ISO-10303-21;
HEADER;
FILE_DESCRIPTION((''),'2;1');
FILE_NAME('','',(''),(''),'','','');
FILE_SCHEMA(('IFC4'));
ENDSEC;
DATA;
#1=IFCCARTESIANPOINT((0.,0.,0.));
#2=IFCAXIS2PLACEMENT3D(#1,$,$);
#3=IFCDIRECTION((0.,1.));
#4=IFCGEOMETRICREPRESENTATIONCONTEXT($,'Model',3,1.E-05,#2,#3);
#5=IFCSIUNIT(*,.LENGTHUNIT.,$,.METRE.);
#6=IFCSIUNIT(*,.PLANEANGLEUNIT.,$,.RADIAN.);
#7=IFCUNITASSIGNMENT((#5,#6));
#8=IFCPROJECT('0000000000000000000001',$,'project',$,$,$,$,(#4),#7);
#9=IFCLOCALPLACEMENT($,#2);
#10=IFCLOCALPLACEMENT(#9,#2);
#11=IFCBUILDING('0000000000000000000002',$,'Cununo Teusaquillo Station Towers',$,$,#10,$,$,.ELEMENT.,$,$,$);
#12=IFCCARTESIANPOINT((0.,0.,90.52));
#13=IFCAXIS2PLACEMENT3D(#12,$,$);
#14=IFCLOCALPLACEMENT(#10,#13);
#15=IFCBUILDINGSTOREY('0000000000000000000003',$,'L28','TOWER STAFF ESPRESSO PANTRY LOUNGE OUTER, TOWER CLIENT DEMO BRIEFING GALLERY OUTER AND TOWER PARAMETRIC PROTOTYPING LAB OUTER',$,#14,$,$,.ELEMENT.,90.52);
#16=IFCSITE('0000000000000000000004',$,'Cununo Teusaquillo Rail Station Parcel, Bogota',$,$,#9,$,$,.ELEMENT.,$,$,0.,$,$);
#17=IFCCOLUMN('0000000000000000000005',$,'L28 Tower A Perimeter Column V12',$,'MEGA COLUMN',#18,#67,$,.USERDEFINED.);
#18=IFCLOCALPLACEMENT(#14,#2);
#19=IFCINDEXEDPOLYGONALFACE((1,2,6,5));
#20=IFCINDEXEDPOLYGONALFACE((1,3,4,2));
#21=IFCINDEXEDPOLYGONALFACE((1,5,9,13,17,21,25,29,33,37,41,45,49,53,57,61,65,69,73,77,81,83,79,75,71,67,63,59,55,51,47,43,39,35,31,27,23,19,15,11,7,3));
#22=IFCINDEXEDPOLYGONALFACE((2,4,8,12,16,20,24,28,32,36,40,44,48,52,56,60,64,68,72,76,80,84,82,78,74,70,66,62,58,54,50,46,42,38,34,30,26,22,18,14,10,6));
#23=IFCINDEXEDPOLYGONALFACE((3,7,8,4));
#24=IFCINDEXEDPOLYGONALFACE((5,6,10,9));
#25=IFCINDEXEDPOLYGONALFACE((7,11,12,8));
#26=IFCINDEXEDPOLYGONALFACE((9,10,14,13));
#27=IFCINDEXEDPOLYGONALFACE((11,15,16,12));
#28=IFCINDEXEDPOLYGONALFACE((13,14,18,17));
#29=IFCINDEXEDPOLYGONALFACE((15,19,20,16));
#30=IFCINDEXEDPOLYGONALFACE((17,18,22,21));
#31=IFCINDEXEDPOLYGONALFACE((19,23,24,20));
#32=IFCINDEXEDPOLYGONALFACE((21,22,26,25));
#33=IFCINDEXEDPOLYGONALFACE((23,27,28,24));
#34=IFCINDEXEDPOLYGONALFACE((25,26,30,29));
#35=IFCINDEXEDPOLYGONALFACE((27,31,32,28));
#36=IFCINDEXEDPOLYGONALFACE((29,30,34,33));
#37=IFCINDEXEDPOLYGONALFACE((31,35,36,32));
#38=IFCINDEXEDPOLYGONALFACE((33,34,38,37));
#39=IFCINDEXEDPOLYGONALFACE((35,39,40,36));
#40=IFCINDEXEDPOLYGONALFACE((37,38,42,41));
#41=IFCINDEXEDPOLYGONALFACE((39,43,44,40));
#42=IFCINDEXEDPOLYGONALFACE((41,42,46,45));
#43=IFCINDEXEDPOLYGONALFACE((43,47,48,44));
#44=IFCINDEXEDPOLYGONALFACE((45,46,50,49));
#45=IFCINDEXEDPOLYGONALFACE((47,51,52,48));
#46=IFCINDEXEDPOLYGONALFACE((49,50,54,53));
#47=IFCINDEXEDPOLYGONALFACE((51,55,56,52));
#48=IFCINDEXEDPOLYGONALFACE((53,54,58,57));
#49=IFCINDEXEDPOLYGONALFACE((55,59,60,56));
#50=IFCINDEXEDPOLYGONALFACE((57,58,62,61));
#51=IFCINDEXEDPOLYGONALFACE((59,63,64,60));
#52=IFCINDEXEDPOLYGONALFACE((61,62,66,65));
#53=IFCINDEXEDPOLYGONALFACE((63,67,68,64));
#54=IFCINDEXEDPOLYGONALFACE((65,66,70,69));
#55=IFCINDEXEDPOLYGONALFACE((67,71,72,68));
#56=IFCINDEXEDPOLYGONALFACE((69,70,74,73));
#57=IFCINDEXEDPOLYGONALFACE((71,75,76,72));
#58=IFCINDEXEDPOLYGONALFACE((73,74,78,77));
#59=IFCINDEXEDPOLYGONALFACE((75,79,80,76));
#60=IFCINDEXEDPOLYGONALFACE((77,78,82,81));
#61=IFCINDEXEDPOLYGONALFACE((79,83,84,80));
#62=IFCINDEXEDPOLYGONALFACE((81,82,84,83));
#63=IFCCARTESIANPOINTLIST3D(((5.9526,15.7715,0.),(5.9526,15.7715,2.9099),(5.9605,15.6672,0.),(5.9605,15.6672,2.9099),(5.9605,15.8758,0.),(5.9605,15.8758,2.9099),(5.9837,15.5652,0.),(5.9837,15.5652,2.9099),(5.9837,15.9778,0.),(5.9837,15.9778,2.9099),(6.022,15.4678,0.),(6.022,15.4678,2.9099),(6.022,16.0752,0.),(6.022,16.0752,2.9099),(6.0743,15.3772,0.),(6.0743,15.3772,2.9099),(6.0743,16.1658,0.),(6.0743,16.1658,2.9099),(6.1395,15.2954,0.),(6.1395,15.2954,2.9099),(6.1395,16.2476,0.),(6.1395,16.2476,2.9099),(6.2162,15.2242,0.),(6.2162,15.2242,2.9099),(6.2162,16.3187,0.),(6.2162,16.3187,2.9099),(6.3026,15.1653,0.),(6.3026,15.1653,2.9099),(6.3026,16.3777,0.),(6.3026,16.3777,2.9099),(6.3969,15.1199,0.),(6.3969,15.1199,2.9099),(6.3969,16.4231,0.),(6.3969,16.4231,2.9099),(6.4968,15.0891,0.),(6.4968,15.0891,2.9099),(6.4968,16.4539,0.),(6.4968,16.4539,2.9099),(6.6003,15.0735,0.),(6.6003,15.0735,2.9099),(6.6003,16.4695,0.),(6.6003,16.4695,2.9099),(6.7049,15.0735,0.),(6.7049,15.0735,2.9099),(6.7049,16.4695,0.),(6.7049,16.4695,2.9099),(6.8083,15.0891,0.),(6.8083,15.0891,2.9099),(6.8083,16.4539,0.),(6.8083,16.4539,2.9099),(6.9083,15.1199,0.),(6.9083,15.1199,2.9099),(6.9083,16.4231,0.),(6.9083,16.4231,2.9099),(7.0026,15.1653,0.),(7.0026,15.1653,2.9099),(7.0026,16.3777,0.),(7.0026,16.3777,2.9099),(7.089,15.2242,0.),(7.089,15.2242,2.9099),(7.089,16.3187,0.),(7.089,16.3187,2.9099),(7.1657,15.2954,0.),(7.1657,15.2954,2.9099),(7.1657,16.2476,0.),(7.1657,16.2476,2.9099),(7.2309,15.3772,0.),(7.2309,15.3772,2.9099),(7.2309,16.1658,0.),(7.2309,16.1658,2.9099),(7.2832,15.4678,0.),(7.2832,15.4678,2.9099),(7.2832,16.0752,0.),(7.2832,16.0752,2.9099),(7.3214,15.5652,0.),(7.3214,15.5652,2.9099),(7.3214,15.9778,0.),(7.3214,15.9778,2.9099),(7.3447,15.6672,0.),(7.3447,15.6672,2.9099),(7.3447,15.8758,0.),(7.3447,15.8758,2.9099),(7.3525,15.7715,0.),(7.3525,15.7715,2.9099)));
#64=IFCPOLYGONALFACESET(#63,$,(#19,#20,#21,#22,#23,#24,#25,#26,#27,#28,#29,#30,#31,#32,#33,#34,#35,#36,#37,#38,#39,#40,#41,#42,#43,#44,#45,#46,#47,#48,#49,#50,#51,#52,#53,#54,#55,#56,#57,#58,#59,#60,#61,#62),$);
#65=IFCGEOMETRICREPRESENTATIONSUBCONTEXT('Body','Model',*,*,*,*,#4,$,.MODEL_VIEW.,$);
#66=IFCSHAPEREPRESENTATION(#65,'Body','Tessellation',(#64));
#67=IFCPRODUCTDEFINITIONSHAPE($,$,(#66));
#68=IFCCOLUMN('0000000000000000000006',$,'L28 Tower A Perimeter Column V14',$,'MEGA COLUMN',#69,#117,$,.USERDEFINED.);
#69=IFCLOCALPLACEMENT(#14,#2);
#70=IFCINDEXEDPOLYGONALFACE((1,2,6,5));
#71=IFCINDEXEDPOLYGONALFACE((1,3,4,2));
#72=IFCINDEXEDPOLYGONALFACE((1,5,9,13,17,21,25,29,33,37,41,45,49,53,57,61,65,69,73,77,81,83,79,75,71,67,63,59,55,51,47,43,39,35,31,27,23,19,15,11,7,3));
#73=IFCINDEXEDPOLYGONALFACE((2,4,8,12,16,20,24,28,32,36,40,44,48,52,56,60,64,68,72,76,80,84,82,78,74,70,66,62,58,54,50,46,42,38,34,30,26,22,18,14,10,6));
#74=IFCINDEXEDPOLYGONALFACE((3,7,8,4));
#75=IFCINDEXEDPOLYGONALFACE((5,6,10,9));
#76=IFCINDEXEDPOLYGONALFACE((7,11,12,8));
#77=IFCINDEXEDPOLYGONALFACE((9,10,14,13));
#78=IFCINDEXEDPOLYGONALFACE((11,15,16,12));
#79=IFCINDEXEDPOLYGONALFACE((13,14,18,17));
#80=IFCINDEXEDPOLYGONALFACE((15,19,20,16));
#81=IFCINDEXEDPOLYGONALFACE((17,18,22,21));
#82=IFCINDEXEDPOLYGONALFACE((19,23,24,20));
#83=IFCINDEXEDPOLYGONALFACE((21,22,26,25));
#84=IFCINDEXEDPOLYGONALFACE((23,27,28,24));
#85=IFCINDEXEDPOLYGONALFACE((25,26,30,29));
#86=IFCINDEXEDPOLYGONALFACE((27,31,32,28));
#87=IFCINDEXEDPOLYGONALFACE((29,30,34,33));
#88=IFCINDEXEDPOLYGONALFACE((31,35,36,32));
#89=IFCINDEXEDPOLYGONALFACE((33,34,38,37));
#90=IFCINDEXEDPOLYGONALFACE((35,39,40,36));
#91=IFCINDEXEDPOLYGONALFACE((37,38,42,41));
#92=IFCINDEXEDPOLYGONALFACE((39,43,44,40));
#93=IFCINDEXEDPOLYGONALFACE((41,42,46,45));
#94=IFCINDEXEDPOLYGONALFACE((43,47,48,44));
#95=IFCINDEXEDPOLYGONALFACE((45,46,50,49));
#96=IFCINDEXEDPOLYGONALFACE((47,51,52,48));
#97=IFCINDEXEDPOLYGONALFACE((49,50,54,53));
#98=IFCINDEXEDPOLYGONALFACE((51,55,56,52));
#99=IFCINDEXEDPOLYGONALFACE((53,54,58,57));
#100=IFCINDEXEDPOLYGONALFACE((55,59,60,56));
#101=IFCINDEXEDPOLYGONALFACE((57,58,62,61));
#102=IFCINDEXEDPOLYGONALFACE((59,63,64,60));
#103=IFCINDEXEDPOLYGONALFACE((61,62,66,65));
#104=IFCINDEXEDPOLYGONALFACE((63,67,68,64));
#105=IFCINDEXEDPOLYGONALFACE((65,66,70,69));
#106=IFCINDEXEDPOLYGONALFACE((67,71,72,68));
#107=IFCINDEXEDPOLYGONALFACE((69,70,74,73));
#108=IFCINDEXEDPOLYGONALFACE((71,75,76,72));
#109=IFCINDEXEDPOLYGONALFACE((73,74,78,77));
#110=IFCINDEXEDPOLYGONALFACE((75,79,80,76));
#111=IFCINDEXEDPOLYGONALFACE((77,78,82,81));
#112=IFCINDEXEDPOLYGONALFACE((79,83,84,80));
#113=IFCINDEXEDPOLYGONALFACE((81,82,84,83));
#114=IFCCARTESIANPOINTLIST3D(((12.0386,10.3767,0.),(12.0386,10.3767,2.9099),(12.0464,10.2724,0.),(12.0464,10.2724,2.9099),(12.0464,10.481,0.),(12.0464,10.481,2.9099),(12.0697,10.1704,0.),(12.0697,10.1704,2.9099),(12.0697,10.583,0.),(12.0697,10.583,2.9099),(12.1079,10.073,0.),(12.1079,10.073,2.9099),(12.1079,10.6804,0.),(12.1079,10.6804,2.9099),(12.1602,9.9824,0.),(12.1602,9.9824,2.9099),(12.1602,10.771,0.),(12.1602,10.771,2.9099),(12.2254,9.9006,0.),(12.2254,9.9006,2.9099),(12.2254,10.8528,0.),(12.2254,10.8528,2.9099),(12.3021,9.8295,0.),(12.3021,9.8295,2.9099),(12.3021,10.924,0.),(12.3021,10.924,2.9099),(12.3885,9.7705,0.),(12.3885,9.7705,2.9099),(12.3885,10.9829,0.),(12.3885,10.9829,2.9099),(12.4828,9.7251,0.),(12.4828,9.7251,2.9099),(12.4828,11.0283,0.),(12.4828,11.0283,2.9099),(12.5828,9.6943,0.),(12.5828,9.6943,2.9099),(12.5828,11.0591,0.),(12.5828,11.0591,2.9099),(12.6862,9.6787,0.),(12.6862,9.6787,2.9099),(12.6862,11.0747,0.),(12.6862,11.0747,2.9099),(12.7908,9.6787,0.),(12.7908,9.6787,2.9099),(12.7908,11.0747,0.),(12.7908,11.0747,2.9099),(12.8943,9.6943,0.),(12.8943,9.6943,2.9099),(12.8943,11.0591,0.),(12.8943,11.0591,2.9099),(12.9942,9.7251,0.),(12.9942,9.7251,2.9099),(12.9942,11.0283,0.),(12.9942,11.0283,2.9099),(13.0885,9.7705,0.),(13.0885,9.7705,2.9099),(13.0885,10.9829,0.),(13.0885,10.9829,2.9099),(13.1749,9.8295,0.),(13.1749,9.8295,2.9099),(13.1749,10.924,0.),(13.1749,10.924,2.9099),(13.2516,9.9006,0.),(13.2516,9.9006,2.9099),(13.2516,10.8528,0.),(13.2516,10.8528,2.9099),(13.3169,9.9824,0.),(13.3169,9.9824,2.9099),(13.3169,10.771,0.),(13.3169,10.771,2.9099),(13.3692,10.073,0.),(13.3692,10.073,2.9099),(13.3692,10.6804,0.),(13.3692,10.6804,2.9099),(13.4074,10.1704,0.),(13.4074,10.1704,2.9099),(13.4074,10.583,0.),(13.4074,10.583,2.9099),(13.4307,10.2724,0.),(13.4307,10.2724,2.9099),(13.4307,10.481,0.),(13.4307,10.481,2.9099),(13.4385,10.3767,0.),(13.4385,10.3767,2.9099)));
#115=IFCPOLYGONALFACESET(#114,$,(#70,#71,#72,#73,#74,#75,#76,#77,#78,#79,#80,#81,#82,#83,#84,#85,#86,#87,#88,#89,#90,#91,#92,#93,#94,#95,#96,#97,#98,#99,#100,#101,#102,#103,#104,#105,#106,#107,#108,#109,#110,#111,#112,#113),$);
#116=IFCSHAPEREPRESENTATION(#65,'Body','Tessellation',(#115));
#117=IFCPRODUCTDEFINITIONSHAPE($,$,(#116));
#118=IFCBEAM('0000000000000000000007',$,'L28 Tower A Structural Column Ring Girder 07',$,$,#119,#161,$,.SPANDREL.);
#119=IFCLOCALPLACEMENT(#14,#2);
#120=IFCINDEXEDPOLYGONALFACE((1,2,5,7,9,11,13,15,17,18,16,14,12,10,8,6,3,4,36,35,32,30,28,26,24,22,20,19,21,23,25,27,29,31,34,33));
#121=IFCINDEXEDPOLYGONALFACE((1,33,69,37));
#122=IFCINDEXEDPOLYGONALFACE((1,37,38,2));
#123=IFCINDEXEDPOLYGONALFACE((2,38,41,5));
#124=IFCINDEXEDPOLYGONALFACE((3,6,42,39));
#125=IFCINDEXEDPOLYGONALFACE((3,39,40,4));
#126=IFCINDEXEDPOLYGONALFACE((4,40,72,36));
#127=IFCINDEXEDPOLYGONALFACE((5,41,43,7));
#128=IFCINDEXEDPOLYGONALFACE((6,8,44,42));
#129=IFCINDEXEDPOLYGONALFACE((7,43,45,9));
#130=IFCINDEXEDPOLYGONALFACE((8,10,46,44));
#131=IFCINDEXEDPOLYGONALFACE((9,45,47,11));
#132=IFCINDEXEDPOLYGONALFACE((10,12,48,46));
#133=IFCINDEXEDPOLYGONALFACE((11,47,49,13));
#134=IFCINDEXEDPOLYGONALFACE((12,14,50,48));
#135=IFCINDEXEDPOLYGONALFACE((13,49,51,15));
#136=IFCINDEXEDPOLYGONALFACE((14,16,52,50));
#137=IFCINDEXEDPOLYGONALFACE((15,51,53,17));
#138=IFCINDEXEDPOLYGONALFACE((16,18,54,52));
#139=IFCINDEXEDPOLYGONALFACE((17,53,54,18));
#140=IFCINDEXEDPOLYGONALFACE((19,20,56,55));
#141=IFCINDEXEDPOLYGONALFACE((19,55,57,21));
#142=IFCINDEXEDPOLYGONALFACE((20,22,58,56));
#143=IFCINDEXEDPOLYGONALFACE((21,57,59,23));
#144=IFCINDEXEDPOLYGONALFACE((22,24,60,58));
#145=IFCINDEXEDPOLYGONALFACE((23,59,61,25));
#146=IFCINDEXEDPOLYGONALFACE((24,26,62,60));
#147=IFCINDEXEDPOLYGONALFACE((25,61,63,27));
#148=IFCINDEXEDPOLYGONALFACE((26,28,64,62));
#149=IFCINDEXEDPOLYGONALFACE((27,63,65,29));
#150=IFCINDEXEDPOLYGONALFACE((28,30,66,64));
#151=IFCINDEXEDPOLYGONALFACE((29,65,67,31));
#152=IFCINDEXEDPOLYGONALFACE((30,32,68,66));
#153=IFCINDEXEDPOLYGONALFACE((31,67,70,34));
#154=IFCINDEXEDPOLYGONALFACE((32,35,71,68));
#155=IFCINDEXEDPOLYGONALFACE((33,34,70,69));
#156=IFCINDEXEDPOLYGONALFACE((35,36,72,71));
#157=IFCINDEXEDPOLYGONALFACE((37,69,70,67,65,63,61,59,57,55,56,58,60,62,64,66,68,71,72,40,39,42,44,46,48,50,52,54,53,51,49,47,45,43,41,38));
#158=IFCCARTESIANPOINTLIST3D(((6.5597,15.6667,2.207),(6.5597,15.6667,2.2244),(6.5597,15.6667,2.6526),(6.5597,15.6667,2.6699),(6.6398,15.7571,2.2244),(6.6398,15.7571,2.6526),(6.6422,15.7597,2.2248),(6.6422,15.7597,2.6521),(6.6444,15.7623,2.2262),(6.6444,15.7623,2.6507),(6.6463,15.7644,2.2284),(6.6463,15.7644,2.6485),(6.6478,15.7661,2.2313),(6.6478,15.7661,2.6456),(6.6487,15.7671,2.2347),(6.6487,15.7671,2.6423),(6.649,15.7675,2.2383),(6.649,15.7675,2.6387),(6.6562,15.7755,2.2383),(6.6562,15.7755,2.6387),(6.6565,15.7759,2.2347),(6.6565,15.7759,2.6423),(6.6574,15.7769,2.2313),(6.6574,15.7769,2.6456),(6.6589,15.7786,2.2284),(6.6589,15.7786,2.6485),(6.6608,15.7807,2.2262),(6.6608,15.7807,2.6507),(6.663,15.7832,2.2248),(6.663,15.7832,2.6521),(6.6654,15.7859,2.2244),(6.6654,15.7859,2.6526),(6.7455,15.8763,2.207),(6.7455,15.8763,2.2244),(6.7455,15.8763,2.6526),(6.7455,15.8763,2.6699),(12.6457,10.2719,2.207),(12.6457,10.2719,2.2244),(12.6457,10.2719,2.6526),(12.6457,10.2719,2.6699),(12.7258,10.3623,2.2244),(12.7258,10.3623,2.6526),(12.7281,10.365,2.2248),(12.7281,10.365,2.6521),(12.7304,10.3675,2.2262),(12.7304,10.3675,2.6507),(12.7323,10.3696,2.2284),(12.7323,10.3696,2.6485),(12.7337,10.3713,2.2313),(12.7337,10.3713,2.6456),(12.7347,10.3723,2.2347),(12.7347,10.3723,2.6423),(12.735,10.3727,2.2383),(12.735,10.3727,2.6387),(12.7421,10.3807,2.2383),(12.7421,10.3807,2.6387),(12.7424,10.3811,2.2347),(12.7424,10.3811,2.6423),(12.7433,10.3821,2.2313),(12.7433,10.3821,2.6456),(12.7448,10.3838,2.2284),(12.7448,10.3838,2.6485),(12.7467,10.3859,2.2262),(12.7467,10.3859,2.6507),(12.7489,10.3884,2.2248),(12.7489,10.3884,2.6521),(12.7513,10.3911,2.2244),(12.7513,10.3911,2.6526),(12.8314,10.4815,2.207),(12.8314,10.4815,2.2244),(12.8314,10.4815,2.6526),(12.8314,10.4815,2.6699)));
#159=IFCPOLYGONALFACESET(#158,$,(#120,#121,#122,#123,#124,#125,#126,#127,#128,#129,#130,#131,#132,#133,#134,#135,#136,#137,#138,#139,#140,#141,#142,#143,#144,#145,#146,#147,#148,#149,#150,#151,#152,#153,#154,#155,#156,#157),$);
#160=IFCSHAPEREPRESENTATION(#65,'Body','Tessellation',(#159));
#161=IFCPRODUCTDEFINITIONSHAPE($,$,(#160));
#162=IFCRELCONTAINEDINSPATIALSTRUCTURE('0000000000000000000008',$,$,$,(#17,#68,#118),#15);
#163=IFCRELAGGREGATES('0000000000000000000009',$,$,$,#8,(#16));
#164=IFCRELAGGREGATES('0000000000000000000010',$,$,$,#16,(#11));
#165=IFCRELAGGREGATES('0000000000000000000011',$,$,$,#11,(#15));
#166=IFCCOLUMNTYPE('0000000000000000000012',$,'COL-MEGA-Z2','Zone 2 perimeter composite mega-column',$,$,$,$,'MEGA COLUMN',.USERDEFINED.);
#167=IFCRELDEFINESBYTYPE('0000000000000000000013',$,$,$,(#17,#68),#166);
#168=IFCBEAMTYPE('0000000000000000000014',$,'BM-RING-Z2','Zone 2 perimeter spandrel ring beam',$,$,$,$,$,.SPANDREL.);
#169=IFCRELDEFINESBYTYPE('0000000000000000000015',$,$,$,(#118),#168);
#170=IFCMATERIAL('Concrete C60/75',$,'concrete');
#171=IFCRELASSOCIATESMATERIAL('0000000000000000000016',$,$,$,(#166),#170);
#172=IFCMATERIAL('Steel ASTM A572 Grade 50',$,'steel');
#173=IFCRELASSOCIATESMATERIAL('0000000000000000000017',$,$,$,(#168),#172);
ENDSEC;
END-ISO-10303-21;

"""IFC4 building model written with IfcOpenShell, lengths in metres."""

from ifc_helpers import new_model, si_unit, direction, frame, origin, origin_2d, place, context, subcontext, project, spatial, circle, i_section, extrude, material, material_profile, profile_set, type_object, element, save


model = new_model("IFC4")

# Units and contexts
model_context = context("Model", 3, precision=1e-05, world=origin(), true_north=direction((0.0, 1.0)))
body_context = subcontext(model_context, "Body", "Model", "MODEL_VIEW")
ifc_project = project(units=[si_unit("LENGTHUNIT", "METRE"), si_unit("PLANEANGLEUNIT", "RADIAN")], contexts=[model_context])

# Site, building, storey
site_placement = place(None, origin())
site = spatial("IfcSite", under=ifc_project, at=site_placement, Name="Cununo Teusaquillo Rail Station Parcel, Bogota", CompositionType="ELEMENT", RefElevation=0.0)
building_placement = place(site_placement, origin())
building = spatial("IfcBuilding", under=site, at=building_placement, Name="Cununo Teusaquillo Station Towers", CompositionType="ELEMENT")
storey_placement = place(building_placement, frame((0.0, 0.0, 90.52)))
storey = spatial("IfcBuildingStorey", under=building, at=storey_placement, Name="L28", Description="TOWER STAFF ESPRESSO PANTRY LOUNGE OUTER, TOWER CLIENT DEMO BRIEFING GALLERY OUTER AND TOWER PARAMETRIC PROTOTYPING LAB OUTER", CompositionType="ELEMENT", Elevation=90.52)

# Columns
ifc_material_1 = material(Name="Concrete C60/75", Category="concrete")
ifc_material_profile_1 = material_profile(ifc_material_1, circle(Radius=0.7, at=origin_2d()), Name="RC-CIRC-1400")
ifc_profile_set_1 = profile_set([ifc_material_profile_1], Name="Concrete C60/75")
column_type = type_object("IfcColumnType", Name="COL-MEGA-Z2", Description="Zone 2 perimeter composite mega-column", ElementType="MEGA COLUMN", PredefinedType="USERDEFINED", material=ifc_profile_set_1)
for number, where, z_axis, x_axis, name in (
    (1, (6.6526, 15.7715, 0.0), (0.0, 0.0, 1.0), (1.0, 0.0, 0.0), "L28 Tower A Perimeter Column V12"),
    (2, (12.7385, 10.3767, 0.0), (0.0, 0.0, 1.0), (1.0, 0.0, 0.0), "L28 Tower A Perimeter Column V14"),
):
    element("IfcColumn", number, at=place(storey_placement, frame(where, z_axis=z_axis, x_axis=x_axis)), inside=storey, type_object=column_type, Name=name, ObjectType="MEGA COLUMN", PredefinedType="USERDEFINED", context=body_context, shape_type="SweptSolid", body=[
        extrude(circle(Radius=0.7, at=origin_2d()), origin(), (0.0, 0.0, 1.0), 2.9099),
    ])

# Beam
ifc_material_2 = material(Name="Steel ASTM A572 Grade 50", Category="steel")
ifc_material_profile_2 = material_profile(ifc_material_2, i_section(OverallWidth=0.28, OverallDepth=0.4629, WebThickness=0.0107, FlangeThickness=0.0173, FilletRadius=0.0139, at=origin_2d()), Name="W18X76")
ifc_profile_set_2 = profile_set([ifc_material_profile_2], Name="Steel ASTM A572 Grade 50")
beam_type = type_object("IfcBeamType", Name="BM-RING-Z2", Description="Zone 2 perimeter spandrel ring beam", PredefinedType="SPANDREL", material=ifc_profile_set_2)
beam_1_placement = place(storey_placement, frame((6.6526, 15.7715, 2.4385), z_axis=(0.748321, -0.663337, 0.0), x_axis=(0.663337, 0.748321, 0.0)))
element("IfcBeam", 3, at=beam_1_placement, inside=storey, type_object=beam_type, Name="L28 Tower A Structural Column Ring Girder 07", PredefinedType="SPANDREL", context=body_context, shape_type="SweptSolid", body=[
    extrude(i_section(OverallWidth=0.28, OverallDepth=0.4629, WebThickness=0.0107, FlangeThickness=0.0173, FilletRadius=0.0139, at=origin_2d()), origin(), (0.0, 0.0, 1.0), 8.1328),
])

save(model, "model.ifc")
